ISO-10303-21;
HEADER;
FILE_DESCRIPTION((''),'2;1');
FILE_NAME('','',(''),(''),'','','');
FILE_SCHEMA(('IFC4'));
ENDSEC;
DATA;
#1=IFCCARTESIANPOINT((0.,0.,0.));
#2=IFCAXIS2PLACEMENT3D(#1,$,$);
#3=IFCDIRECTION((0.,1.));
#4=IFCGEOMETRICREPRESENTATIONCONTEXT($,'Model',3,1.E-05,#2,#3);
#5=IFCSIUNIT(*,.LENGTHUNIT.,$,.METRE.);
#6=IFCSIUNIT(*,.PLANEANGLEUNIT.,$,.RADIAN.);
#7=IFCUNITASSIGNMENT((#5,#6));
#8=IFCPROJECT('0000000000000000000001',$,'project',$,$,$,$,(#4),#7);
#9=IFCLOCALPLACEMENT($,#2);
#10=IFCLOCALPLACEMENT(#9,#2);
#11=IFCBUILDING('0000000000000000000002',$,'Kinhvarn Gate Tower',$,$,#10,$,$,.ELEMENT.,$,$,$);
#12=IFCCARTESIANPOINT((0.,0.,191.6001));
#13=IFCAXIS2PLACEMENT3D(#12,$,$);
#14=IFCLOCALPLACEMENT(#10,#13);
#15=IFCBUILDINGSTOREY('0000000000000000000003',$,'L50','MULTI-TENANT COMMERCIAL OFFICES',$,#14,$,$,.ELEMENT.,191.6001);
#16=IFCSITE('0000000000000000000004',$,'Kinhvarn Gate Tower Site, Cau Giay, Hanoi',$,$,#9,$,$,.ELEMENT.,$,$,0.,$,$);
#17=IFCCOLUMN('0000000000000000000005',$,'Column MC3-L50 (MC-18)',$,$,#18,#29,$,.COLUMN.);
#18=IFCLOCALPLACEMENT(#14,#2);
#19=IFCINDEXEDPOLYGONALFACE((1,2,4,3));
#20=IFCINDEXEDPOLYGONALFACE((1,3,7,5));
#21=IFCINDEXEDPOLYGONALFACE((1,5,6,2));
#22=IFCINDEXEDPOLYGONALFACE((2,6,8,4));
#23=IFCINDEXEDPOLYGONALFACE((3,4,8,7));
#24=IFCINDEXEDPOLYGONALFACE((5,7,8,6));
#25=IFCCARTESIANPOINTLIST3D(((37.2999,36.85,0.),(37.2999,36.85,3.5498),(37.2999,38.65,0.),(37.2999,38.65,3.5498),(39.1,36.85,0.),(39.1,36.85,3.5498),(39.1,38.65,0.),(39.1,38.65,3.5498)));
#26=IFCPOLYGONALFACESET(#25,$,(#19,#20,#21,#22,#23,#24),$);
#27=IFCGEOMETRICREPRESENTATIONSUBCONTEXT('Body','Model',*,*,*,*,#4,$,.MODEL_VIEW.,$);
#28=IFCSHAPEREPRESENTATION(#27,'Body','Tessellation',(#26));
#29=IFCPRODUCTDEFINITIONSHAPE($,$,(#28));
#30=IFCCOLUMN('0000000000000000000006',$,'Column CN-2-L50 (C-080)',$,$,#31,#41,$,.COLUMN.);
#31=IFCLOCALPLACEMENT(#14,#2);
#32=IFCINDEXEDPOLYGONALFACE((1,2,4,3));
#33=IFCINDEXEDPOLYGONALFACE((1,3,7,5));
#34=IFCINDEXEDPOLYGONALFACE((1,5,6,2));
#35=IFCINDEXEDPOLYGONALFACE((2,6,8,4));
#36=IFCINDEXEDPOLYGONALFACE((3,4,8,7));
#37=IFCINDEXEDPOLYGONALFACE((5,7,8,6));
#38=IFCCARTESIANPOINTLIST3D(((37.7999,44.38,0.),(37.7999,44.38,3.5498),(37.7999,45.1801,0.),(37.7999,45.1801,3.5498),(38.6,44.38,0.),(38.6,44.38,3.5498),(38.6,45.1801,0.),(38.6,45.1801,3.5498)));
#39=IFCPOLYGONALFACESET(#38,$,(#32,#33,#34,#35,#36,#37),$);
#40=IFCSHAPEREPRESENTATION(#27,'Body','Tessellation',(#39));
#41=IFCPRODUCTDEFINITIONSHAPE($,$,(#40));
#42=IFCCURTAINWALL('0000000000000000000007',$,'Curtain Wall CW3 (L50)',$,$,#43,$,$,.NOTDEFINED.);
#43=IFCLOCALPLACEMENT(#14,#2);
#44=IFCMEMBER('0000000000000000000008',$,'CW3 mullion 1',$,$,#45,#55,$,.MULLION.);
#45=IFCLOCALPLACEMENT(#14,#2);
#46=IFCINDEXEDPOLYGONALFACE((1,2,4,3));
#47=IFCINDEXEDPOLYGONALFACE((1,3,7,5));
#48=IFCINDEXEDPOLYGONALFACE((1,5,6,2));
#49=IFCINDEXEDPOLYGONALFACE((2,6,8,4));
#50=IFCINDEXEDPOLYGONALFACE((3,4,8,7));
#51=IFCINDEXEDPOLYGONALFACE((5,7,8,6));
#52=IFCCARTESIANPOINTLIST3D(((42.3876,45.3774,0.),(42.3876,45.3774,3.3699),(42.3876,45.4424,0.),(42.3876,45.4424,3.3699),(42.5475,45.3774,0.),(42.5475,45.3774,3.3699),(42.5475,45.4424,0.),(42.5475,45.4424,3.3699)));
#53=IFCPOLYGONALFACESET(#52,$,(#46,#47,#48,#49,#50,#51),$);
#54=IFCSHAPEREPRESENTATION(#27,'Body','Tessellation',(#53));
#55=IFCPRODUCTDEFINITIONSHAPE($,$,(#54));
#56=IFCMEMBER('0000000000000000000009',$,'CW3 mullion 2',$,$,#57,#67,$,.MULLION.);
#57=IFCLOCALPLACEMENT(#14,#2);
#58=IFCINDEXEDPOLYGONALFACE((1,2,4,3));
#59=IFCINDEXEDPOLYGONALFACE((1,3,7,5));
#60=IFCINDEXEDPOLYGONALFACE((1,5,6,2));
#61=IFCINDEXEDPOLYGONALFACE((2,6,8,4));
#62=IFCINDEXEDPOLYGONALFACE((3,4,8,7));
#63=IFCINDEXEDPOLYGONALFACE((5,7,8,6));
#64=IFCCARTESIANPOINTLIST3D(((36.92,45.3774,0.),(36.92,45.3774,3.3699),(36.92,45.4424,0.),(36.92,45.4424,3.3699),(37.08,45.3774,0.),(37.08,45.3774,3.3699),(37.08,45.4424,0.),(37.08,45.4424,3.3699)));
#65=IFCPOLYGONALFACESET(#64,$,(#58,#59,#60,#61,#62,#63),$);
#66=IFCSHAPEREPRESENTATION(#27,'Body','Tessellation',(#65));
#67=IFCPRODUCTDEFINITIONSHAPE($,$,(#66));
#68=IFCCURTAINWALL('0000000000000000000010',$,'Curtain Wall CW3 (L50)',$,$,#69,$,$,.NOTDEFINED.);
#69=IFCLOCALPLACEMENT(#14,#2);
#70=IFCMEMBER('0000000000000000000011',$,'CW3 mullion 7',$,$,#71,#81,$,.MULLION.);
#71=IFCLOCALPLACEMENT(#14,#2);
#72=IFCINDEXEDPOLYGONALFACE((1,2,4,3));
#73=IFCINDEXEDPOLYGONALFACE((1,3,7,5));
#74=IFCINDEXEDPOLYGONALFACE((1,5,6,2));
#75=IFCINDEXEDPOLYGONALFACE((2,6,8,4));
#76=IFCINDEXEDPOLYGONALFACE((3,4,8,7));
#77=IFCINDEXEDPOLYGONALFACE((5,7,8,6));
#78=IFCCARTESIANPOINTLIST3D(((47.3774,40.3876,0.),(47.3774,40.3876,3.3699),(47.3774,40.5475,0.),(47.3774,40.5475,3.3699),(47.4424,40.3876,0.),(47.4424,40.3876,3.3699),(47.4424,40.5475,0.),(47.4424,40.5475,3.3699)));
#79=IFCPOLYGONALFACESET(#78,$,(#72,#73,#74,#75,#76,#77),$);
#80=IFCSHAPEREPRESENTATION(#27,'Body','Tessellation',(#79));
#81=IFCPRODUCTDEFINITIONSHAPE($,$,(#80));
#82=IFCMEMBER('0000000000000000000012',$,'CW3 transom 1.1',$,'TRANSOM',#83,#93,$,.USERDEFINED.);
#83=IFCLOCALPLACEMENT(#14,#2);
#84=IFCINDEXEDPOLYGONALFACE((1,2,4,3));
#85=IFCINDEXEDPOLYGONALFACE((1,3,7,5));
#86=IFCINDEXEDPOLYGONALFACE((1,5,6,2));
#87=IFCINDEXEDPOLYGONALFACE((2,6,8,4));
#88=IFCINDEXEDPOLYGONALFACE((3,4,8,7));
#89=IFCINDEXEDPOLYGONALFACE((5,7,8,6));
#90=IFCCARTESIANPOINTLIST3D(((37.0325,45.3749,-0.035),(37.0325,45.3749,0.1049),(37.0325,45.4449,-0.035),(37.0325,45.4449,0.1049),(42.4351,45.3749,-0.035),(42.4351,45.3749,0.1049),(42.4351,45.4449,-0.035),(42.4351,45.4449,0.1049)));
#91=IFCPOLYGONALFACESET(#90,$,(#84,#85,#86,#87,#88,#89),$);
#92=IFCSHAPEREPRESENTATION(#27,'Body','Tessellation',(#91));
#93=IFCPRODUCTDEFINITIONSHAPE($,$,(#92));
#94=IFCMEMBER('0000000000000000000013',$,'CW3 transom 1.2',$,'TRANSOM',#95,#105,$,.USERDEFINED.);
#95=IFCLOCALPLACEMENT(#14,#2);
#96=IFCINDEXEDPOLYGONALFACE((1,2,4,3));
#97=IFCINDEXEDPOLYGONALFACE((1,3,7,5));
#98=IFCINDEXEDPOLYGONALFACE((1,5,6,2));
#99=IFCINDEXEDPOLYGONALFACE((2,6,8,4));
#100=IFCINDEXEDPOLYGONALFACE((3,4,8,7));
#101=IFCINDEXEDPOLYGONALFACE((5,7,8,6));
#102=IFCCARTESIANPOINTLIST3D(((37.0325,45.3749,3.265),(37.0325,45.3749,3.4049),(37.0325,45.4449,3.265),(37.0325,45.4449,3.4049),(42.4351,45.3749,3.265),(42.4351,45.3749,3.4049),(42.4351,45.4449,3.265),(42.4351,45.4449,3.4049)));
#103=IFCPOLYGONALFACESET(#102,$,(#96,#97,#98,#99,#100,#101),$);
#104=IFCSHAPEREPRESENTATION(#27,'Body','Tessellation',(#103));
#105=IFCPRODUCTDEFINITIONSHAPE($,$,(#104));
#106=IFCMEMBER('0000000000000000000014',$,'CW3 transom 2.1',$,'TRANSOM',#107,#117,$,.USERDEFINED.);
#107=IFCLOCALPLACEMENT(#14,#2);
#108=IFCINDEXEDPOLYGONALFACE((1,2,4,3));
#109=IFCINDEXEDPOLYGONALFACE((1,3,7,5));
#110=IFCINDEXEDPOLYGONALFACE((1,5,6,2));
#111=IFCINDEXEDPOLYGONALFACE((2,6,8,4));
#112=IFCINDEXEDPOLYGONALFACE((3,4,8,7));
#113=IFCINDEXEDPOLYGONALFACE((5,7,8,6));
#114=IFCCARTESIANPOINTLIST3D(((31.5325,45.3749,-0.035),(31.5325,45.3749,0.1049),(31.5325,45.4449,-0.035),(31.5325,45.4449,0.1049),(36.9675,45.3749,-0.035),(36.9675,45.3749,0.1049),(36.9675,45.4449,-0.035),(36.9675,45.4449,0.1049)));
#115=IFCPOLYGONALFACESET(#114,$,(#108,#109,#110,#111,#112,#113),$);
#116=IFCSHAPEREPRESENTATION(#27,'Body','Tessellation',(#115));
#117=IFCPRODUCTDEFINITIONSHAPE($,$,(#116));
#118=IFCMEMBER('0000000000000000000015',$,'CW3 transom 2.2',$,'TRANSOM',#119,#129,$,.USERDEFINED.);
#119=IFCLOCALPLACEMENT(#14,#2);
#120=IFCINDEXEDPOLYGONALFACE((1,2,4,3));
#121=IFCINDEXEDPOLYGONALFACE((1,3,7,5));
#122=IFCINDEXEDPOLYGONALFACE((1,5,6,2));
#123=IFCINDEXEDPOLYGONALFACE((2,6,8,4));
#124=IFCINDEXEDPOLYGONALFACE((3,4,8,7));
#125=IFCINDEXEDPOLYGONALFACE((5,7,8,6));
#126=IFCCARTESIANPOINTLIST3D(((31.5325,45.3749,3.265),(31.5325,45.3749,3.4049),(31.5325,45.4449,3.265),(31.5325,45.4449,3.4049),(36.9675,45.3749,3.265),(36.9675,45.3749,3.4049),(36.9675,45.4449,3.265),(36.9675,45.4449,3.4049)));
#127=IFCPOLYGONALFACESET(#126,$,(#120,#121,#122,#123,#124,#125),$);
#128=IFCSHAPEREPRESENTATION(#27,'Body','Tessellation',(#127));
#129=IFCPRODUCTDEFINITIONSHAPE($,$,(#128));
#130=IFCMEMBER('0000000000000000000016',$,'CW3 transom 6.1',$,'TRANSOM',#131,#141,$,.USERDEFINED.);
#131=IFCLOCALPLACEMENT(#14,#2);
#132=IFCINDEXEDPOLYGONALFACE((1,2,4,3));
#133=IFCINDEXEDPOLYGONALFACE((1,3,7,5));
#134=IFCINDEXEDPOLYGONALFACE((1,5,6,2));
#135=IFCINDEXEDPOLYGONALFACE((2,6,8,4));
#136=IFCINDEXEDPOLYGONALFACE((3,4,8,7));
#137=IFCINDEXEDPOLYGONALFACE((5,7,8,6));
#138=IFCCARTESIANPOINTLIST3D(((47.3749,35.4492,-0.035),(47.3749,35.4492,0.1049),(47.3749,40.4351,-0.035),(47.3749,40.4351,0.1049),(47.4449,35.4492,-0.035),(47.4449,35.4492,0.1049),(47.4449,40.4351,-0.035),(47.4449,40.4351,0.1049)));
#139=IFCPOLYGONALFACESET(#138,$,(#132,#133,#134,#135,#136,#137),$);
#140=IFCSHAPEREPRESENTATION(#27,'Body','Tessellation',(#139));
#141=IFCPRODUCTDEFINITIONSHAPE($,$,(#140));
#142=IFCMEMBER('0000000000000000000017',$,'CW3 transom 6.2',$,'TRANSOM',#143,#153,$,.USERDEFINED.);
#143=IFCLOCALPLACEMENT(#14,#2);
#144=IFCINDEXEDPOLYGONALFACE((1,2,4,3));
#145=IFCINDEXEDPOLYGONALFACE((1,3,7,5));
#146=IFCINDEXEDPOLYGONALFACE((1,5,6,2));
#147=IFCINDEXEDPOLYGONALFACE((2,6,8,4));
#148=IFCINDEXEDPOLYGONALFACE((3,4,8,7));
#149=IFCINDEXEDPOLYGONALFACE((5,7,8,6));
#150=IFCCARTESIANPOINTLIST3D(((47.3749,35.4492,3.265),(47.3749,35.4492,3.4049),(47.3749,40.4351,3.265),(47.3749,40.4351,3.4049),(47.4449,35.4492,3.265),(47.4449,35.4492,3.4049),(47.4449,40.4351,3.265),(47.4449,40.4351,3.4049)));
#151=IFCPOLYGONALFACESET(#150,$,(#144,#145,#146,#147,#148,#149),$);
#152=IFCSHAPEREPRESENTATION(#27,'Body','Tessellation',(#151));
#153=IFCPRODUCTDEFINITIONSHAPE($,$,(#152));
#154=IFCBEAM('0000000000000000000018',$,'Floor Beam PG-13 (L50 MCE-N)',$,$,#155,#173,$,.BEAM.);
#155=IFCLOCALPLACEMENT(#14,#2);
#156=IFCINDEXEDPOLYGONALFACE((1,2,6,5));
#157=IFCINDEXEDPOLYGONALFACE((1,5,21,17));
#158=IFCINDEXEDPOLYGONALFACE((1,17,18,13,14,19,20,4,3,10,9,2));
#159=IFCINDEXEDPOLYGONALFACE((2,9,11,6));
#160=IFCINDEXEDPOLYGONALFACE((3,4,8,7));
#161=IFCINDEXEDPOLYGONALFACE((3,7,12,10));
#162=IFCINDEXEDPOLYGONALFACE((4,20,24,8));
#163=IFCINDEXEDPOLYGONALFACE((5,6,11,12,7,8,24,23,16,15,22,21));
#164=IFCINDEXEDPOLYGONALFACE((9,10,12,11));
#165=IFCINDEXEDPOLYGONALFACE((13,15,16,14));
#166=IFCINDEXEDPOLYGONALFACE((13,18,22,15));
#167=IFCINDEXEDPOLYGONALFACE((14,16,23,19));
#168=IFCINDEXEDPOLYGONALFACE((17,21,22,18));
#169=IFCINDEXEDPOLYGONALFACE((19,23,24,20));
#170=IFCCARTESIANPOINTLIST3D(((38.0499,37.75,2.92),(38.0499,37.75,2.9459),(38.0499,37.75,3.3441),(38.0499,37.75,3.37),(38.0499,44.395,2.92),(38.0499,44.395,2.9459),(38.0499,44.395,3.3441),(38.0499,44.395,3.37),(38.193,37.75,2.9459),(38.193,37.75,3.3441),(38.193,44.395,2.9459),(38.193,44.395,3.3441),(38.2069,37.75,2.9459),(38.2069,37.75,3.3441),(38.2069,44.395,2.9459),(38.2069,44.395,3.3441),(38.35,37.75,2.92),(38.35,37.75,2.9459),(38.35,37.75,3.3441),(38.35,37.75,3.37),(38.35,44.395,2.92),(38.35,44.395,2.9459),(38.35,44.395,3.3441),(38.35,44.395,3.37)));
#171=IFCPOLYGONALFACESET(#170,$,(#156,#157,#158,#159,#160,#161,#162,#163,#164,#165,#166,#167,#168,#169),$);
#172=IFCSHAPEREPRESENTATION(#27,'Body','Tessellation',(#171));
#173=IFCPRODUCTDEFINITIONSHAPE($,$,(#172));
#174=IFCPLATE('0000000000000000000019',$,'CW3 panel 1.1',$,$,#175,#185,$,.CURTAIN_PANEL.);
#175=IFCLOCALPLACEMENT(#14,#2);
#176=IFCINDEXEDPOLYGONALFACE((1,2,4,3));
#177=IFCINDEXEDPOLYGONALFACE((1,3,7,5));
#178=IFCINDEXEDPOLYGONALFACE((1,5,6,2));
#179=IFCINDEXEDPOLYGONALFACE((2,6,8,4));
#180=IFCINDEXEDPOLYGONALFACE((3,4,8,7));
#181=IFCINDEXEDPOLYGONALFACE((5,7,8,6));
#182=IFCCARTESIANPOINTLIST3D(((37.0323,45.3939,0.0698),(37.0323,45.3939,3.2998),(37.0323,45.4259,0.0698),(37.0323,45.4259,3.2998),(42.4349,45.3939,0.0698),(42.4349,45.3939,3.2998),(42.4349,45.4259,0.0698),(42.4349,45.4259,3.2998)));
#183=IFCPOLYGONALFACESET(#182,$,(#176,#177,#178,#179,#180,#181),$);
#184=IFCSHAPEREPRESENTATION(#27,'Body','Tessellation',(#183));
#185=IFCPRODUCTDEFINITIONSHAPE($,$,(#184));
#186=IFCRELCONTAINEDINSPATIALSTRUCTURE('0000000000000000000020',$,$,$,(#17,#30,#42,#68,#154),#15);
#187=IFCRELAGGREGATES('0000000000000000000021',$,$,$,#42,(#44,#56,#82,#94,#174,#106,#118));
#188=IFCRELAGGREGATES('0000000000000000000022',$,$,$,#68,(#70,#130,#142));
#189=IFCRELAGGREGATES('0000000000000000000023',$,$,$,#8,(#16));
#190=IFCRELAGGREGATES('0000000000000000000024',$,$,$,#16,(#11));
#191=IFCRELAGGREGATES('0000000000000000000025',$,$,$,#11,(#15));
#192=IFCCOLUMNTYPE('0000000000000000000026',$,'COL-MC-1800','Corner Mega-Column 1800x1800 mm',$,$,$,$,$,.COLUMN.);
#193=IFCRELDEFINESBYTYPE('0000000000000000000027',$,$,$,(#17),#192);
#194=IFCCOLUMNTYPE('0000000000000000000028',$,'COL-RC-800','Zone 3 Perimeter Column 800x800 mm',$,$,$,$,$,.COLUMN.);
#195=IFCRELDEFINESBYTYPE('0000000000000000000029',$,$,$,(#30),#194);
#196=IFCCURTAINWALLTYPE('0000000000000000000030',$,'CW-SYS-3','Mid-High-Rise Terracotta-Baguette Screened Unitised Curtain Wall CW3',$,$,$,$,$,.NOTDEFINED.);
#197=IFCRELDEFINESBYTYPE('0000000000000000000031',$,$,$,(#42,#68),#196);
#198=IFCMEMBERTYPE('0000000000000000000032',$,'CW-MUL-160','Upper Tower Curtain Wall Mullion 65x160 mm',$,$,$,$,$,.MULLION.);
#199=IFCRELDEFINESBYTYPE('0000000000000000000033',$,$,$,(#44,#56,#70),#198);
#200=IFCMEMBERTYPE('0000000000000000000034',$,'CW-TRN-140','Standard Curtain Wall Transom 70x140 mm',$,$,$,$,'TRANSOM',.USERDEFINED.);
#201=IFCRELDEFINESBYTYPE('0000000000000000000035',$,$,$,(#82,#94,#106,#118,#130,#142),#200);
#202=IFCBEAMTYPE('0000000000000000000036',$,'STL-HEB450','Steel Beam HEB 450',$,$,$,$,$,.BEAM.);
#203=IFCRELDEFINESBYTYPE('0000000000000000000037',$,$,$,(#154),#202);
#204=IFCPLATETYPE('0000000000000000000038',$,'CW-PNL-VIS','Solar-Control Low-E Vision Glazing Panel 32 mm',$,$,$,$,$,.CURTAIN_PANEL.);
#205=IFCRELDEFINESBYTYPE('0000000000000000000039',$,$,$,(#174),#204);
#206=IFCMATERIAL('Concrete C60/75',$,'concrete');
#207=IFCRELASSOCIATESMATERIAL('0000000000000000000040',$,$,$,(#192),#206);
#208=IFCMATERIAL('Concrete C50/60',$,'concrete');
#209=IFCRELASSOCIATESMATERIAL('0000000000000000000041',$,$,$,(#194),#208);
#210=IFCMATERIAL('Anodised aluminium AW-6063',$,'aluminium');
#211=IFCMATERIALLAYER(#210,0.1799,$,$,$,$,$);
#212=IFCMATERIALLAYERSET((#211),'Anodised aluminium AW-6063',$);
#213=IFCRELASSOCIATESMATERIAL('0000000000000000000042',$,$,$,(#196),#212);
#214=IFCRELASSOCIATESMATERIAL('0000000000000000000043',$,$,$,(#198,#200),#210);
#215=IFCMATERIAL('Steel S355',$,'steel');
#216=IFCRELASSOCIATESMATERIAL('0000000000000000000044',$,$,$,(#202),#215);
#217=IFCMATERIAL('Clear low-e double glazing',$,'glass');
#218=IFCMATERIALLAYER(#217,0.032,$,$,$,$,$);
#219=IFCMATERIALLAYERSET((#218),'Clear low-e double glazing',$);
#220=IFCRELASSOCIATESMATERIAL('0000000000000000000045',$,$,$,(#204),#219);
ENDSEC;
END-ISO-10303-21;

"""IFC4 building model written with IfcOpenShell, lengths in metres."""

from ifc_helpers import new_model, si_unit, direction, frame, origin, origin_2d, place, context, subcontext, project, spatial, rectangle, i_section, extrude, material, layer, layer_set, material_profile, profile_set, type_object, element, aggregate, save


model = new_model("IFC4")

# Units and contexts
model_context = context("Model", 3, precision=1e-05, world=origin(), true_north=direction((0.0, 1.0)))
body_context = subcontext(model_context, "Body", "Model", "MODEL_VIEW")
ifc_project = project(units=[si_unit("LENGTHUNIT", "METRE"), si_unit("PLANEANGLEUNIT", "RADIAN")], contexts=[model_context])

# Site, building, storey
site_placement = place(None, origin())
site = spatial("IfcSite", under=ifc_project, at=site_placement, Name="Kinhvarn Gate Tower Site, Cau Giay, Hanoi", CompositionType="ELEMENT", RefElevation=0.0)
building_placement = place(site_placement, origin())
building = spatial("IfcBuilding", under=site, at=building_placement, Name="Kinhvarn Gate Tower", CompositionType="ELEMENT")
storey_placement = place(building_placement, frame((0.0, 0.0, 191.6001)))
storey = spatial("IfcBuildingStorey", under=building, at=storey_placement, Name="L50", Description="MULTI-TENANT COMMERCIAL OFFICES", CompositionType="ELEMENT", Elevation=191.6001)

# Columns
ifc_material_1 = material(Name="Concrete C60/75", Category="concrete")
ifc_material_profile_1 = material_profile(ifc_material_1, rectangle(XDim=1.8, YDim=1.8, at=origin_2d()), Name="RC 1800x1800")
ifc_profile_set_1 = profile_set([ifc_material_profile_1], Name="Concrete C60/75")
column_type_1 = type_object("IfcColumnType", Name="COL-MC-1800", Description="Corner Mega-Column 1800x1800 mm", PredefinedType="COLUMN", material=ifc_profile_set_1)
column_1_placement = place(storey_placement, frame((38.2, 37.75, 0.0), z_axis=(0.0, 0.0, 1.0), x_axis=(1.0, 0.0, 0.0)))
element("IfcColumn", 1, at=column_1_placement, inside=storey, type_object=column_type_1, Name="Column MC3-L50 (MC-18)", PredefinedType="COLUMN", context=body_context, shape_type="SweptSolid", body=[
    extrude(rectangle(XDim=1.8, YDim=1.8, at=origin_2d()), origin(), (0.0, 0.0, 1.0), 3.5498),
])
ifc_material_2 = material(Name="Concrete C50/60", Category="concrete")
ifc_material_profile_2 = material_profile(ifc_material_2, rectangle(XDim=0.8, YDim=0.8, at=origin_2d()), Name="RC 800x800")
ifc_profile_set_2 = profile_set([ifc_material_profile_2], Name="Concrete C50/60")
column_type_2 = type_object("IfcColumnType", Name="COL-RC-800", Description="Zone 3 Perimeter Column 800x800 mm", PredefinedType="COLUMN", material=ifc_profile_set_2)
column_2_placement = place(storey_placement, frame((38.2, 44.78, 0.0), z_axis=(0.0, 0.0, 1.0), x_axis=(1.0, 0.0, 0.0)))
element("IfcColumn", 2, at=column_2_placement, inside=storey, type_object=column_type_2, Name="Column CN-2-L50 (C-080)", PredefinedType="COLUMN", context=body_context, shape_type="SweptSolid", body=[
    extrude(rectangle(XDim=0.8, YDim=0.8, at=origin_2d()), origin(), (0.0, 0.0, 1.0), 3.5498),
])

# Curtain wall, members
ifc_material_3 = material(Name="Anodised aluminium AW-6063", Category="aluminium")
ifc_layer_1 = layer(ifc_material_3, 0.1799)
ifc_layer_set_1 = layer_set([ifc_layer_1], Name="Anodised aluminium AW-6063")
curtain_wall_type = type_object("IfcCurtainWallType", Name="CW-SYS-3", Description="Mid-High-Rise Terracotta-Baguette Screened Unitised Curtain Wall CW3", PredefinedType="NOTDEFINED", material=ifc_layer_set_1)
curtain_wall_1_placement = place(storey_placement, origin())
curtain_wall_1 = element("IfcCurtainWall", 3, at=curtain_wall_1_placement, inside=storey, type_object=curtain_wall_type, Name="Curtain Wall CW3 (L50)", PredefinedType="NOTDEFINED")
ifc_material_profile_3 = material_profile(ifc_material_3, rectangle(XDim=0.0649, YDim=0.1599, at=origin_2d()), Name="ALU 65x160")
ifc_profile_set_3 = profile_set([ifc_material_profile_3], Name="Anodised aluminium AW-6063")
member_type_1 = type_object("IfcMemberType", Name="CW-MUL-160", Description="Upper Tower Curtain Wall Mullion 65x160 mm", PredefinedType="MULLION", material=ifc_profile_set_3)
member_1_placement = place(storey_placement, frame((42.4675, 45.4099, 0.0), z_axis=(0.0, 0.0, 1.0), x_axis=(0.0, -1.0, 0.0)))
member_1 = element("IfcMember", 4, at=member_1_placement, type_object=member_type_1, Name="CW3 mullion 1", PredefinedType="MULLION", context=body_context, shape_type="SweptSolid", body=[
    extrude(rectangle(XDim=0.0649, YDim=0.1599, at=origin_2d()), origin(), (0.0, 0.0, 1.0), 3.3699),
])
member_2_placement = place(storey_placement, frame((37.0, 45.4099, 0.0), z_axis=(0.0, 0.0, 1.0), x_axis=(0.0, -1.0, 0.0)))
member_2 = element("IfcMember", 5, at=member_2_placement, type_object=member_type_1, Name="CW3 mullion 2", PredefinedType="MULLION", context=body_context, shape_type="SweptSolid", body=[
    extrude(rectangle(XDim=0.0649, YDim=0.1599, at=origin_2d()), origin(), (0.0, 0.0, 1.0), 3.3699),
])

# Curtain wall, member
curtain_wall_2_placement = place(storey_placement, origin())
curtain_wall_2 = element("IfcCurtainWall", 6, at=curtain_wall_2_placement, inside=storey, type_object=curtain_wall_type, Name="Curtain Wall CW3 (L50)", PredefinedType="NOTDEFINED")
member_3_placement = place(storey_placement, frame((47.4099, 40.4675, 0.0), z_axis=(0.0, 0.0, 1.0), x_axis=(-1.0, 0.0, 0.0)))
member_3 = element("IfcMember", 7, at=member_3_placement, type_object=member_type_1, Name="CW3 mullion 7", PredefinedType="MULLION", context=body_context, shape_type="SweptSolid", body=[
    extrude(rectangle(XDim=0.0649, YDim=0.1599, at=origin_2d()), origin(), (0.0, 0.0, 1.0), 3.3699),
])

# Members
ifc_material_profile_4 = material_profile(ifc_material_3, rectangle(XDim=0.0701, YDim=0.1399, at=origin_2d()), Name="ALU 70x140")
ifc_profile_set_4 = profile_set([ifc_material_profile_4], Name="Anodised aluminium AW-6063")
member_type_2 = type_object("IfcMemberType", Name="CW-TRN-140", Description="Standard Curtain Wall Transom 70x140 mm", ElementType="TRANSOM", PredefinedType="USERDEFINED", material=ifc_profile_set_4)
member_4_placement = place(storey_placement, frame((42.4351, 45.4099, 0.0349), z_axis=(-1.0, 0.0, 0.0), x_axis=(0.0, -1.0, 0.0)))
member_4 = element("IfcMember", 8, at=member_4_placement, type_object=member_type_2, Name="CW3 transom 1.1", ObjectType="TRANSOM", PredefinedType="USERDEFINED", context=body_context, shape_type="SweptSolid", body=[
    extrude(rectangle(XDim=0.0701, YDim=0.1399, at=origin_2d()), origin(), (0.0, 0.0, 1.0), 5.4026),
])
member_5_placement = place(storey_placement, frame((42.4351, 45.4099, 3.335), z_axis=(-1.0, 0.0, 0.0), x_axis=(0.0, -1.0, 0.0)))
member_5 = element("IfcMember", 9, at=member_5_placement, type_object=member_type_2, Name="CW3 transom 1.2", ObjectType="TRANSOM", PredefinedType="USERDEFINED", context=body_context, shape_type="SweptSolid", body=[
    extrude(rectangle(XDim=0.0701, YDim=0.1399, at=origin_2d()), origin(), (0.0, 0.0, 1.0), 5.4026),
])
member_6_placement = place(storey_placement, frame((36.9675, 45.4099, 0.0349), z_axis=(-1.0, 0.0, 0.0), x_axis=(0.0, -1.0, 0.0)))
member_6 = element("IfcMember", 10, at=member_6_placement, type_object=member_type_2, Name="CW3 transom 2.1", ObjectType="TRANSOM", PredefinedType="USERDEFINED", context=body_context, shape_type="SweptSolid", body=[
    extrude(rectangle(XDim=0.0701, YDim=0.1399, at=origin_2d()), origin(), (0.0, 0.0, 1.0), 5.4351),
])
member_7_placement = place(storey_placement, frame((36.9675, 45.4099, 3.335), z_axis=(-1.0, 0.0, 0.0), x_axis=(0.0, -1.0, 0.0)))
member_7 = element("IfcMember", 11, at=member_7_placement, type_object=member_type_2, Name="CW3 transom 2.2", ObjectType="TRANSOM", PredefinedType="USERDEFINED", context=body_context, shape_type="SweptSolid", body=[
    extrude(rectangle(XDim=0.0701, YDim=0.1399, at=origin_2d()), origin(), (0.0, 0.0, 1.0), 5.4351),
])
member_8_placement = place(storey_placement, frame((47.4099, 35.4492, 0.0349), z_axis=(0.0, 1.0, 0.0), x_axis=(-1.0, 0.0, 0.0)))
member_8 = element("IfcMember", 12, at=member_8_placement, type_object=member_type_2, Name="CW3 transom 6.1", ObjectType="TRANSOM", PredefinedType="USERDEFINED", context=body_context, shape_type="SweptSolid", body=[
    extrude(rectangle(XDim=0.0701, YDim=0.1399, at=origin_2d()), origin(), (0.0, 0.0, 1.0), 4.9858),
])
member_9_placement = place(storey_placement, frame((47.4099, 35.4492, 3.335), z_axis=(0.0, 1.0, 0.0), x_axis=(-1.0, 0.0, 0.0)))
member_9 = element("IfcMember", 13, at=member_9_placement, type_object=member_type_2, Name="CW3 transom 6.2", ObjectType="TRANSOM", PredefinedType="USERDEFINED", context=body_context, shape_type="SweptSolid", body=[
    extrude(rectangle(XDim=0.0701, YDim=0.1399, at=origin_2d()), origin(), (0.0, 0.0, 1.0), 4.9858),
])

# Beam
ifc_material_4 = material(Name="Steel S355", Category="steel")
ifc_material_profile_5 = material_profile(ifc_material_4, i_section(OverallWidth=0.3, OverallDepth=0.45, WebThickness=0.0139, FlangeThickness=0.0259, at=origin_2d()), Name="HEB 450")
ifc_profile_set_5 = profile_set([ifc_material_profile_5], Name="Steel S355")
beam_type = type_object("IfcBeamType", Name="STL-HEB450", Description="Steel Beam HEB 450", PredefinedType="BEAM", material=ifc_profile_set_5)
beam_placement = place(storey_placement, frame((38.2, 37.75, 3.145), z_axis=(0.0, 1.0, 0.0), x_axis=(-1.0, 0.0, 0.0)))
element("IfcBeam", 14, at=beam_placement, inside=storey, type_object=beam_type, Name="Floor Beam PG-13 (L50 MCE-N)", PredefinedType="BEAM", context=body_context, shape_type="SweptSolid", body=[
    extrude(i_section(OverallWidth=0.3, OverallDepth=0.45, WebThickness=0.0139, FlangeThickness=0.0259, at=origin_2d()), origin(), (0.0, 0.0, 1.0), 6.645),
])

# Plate
ifc_material_5 = material(Name="Clear low-e double glazing", Category="glass")
ifc_layer_2 = layer(ifc_material_5, 0.032)
ifc_layer_set_2 = layer_set([ifc_layer_2], Name="Clear low-e double glazing")
plate_type = type_object("IfcPlateType", Name="CW-PNL-VIS", Description="Solar-Control Low-E Vision Glazing Panel 32 mm", PredefinedType="CURTAIN_PANEL", material=ifc_layer_set_2)
plate_1_placement = place(storey_placement, frame((39.7336, 45.4099, 0.0698), z_axis=(0.0, 0.0, 1.0), x_axis=(-1.0, 0.0, 0.0)))
plate_1 = element("IfcPlate", 15, at=plate_1_placement, type_object=plate_type, Name="CW3 panel 1.1", PredefinedType="CURTAIN_PANEL", context=body_context, shape_type="SweptSolid", body=[
    extrude(rectangle(XDim=5.4026, YDim=0.032, at=origin_2d()), origin(), (0.0, 0.0, 1.0), 3.23),
])
aggregate(curtain_wall_1, [member_1, member_2, member_4, member_5, plate_1, member_6, member_7])
aggregate(curtain_wall_2, [member_3, member_8, member_9])

save(model, "model.ifc")
